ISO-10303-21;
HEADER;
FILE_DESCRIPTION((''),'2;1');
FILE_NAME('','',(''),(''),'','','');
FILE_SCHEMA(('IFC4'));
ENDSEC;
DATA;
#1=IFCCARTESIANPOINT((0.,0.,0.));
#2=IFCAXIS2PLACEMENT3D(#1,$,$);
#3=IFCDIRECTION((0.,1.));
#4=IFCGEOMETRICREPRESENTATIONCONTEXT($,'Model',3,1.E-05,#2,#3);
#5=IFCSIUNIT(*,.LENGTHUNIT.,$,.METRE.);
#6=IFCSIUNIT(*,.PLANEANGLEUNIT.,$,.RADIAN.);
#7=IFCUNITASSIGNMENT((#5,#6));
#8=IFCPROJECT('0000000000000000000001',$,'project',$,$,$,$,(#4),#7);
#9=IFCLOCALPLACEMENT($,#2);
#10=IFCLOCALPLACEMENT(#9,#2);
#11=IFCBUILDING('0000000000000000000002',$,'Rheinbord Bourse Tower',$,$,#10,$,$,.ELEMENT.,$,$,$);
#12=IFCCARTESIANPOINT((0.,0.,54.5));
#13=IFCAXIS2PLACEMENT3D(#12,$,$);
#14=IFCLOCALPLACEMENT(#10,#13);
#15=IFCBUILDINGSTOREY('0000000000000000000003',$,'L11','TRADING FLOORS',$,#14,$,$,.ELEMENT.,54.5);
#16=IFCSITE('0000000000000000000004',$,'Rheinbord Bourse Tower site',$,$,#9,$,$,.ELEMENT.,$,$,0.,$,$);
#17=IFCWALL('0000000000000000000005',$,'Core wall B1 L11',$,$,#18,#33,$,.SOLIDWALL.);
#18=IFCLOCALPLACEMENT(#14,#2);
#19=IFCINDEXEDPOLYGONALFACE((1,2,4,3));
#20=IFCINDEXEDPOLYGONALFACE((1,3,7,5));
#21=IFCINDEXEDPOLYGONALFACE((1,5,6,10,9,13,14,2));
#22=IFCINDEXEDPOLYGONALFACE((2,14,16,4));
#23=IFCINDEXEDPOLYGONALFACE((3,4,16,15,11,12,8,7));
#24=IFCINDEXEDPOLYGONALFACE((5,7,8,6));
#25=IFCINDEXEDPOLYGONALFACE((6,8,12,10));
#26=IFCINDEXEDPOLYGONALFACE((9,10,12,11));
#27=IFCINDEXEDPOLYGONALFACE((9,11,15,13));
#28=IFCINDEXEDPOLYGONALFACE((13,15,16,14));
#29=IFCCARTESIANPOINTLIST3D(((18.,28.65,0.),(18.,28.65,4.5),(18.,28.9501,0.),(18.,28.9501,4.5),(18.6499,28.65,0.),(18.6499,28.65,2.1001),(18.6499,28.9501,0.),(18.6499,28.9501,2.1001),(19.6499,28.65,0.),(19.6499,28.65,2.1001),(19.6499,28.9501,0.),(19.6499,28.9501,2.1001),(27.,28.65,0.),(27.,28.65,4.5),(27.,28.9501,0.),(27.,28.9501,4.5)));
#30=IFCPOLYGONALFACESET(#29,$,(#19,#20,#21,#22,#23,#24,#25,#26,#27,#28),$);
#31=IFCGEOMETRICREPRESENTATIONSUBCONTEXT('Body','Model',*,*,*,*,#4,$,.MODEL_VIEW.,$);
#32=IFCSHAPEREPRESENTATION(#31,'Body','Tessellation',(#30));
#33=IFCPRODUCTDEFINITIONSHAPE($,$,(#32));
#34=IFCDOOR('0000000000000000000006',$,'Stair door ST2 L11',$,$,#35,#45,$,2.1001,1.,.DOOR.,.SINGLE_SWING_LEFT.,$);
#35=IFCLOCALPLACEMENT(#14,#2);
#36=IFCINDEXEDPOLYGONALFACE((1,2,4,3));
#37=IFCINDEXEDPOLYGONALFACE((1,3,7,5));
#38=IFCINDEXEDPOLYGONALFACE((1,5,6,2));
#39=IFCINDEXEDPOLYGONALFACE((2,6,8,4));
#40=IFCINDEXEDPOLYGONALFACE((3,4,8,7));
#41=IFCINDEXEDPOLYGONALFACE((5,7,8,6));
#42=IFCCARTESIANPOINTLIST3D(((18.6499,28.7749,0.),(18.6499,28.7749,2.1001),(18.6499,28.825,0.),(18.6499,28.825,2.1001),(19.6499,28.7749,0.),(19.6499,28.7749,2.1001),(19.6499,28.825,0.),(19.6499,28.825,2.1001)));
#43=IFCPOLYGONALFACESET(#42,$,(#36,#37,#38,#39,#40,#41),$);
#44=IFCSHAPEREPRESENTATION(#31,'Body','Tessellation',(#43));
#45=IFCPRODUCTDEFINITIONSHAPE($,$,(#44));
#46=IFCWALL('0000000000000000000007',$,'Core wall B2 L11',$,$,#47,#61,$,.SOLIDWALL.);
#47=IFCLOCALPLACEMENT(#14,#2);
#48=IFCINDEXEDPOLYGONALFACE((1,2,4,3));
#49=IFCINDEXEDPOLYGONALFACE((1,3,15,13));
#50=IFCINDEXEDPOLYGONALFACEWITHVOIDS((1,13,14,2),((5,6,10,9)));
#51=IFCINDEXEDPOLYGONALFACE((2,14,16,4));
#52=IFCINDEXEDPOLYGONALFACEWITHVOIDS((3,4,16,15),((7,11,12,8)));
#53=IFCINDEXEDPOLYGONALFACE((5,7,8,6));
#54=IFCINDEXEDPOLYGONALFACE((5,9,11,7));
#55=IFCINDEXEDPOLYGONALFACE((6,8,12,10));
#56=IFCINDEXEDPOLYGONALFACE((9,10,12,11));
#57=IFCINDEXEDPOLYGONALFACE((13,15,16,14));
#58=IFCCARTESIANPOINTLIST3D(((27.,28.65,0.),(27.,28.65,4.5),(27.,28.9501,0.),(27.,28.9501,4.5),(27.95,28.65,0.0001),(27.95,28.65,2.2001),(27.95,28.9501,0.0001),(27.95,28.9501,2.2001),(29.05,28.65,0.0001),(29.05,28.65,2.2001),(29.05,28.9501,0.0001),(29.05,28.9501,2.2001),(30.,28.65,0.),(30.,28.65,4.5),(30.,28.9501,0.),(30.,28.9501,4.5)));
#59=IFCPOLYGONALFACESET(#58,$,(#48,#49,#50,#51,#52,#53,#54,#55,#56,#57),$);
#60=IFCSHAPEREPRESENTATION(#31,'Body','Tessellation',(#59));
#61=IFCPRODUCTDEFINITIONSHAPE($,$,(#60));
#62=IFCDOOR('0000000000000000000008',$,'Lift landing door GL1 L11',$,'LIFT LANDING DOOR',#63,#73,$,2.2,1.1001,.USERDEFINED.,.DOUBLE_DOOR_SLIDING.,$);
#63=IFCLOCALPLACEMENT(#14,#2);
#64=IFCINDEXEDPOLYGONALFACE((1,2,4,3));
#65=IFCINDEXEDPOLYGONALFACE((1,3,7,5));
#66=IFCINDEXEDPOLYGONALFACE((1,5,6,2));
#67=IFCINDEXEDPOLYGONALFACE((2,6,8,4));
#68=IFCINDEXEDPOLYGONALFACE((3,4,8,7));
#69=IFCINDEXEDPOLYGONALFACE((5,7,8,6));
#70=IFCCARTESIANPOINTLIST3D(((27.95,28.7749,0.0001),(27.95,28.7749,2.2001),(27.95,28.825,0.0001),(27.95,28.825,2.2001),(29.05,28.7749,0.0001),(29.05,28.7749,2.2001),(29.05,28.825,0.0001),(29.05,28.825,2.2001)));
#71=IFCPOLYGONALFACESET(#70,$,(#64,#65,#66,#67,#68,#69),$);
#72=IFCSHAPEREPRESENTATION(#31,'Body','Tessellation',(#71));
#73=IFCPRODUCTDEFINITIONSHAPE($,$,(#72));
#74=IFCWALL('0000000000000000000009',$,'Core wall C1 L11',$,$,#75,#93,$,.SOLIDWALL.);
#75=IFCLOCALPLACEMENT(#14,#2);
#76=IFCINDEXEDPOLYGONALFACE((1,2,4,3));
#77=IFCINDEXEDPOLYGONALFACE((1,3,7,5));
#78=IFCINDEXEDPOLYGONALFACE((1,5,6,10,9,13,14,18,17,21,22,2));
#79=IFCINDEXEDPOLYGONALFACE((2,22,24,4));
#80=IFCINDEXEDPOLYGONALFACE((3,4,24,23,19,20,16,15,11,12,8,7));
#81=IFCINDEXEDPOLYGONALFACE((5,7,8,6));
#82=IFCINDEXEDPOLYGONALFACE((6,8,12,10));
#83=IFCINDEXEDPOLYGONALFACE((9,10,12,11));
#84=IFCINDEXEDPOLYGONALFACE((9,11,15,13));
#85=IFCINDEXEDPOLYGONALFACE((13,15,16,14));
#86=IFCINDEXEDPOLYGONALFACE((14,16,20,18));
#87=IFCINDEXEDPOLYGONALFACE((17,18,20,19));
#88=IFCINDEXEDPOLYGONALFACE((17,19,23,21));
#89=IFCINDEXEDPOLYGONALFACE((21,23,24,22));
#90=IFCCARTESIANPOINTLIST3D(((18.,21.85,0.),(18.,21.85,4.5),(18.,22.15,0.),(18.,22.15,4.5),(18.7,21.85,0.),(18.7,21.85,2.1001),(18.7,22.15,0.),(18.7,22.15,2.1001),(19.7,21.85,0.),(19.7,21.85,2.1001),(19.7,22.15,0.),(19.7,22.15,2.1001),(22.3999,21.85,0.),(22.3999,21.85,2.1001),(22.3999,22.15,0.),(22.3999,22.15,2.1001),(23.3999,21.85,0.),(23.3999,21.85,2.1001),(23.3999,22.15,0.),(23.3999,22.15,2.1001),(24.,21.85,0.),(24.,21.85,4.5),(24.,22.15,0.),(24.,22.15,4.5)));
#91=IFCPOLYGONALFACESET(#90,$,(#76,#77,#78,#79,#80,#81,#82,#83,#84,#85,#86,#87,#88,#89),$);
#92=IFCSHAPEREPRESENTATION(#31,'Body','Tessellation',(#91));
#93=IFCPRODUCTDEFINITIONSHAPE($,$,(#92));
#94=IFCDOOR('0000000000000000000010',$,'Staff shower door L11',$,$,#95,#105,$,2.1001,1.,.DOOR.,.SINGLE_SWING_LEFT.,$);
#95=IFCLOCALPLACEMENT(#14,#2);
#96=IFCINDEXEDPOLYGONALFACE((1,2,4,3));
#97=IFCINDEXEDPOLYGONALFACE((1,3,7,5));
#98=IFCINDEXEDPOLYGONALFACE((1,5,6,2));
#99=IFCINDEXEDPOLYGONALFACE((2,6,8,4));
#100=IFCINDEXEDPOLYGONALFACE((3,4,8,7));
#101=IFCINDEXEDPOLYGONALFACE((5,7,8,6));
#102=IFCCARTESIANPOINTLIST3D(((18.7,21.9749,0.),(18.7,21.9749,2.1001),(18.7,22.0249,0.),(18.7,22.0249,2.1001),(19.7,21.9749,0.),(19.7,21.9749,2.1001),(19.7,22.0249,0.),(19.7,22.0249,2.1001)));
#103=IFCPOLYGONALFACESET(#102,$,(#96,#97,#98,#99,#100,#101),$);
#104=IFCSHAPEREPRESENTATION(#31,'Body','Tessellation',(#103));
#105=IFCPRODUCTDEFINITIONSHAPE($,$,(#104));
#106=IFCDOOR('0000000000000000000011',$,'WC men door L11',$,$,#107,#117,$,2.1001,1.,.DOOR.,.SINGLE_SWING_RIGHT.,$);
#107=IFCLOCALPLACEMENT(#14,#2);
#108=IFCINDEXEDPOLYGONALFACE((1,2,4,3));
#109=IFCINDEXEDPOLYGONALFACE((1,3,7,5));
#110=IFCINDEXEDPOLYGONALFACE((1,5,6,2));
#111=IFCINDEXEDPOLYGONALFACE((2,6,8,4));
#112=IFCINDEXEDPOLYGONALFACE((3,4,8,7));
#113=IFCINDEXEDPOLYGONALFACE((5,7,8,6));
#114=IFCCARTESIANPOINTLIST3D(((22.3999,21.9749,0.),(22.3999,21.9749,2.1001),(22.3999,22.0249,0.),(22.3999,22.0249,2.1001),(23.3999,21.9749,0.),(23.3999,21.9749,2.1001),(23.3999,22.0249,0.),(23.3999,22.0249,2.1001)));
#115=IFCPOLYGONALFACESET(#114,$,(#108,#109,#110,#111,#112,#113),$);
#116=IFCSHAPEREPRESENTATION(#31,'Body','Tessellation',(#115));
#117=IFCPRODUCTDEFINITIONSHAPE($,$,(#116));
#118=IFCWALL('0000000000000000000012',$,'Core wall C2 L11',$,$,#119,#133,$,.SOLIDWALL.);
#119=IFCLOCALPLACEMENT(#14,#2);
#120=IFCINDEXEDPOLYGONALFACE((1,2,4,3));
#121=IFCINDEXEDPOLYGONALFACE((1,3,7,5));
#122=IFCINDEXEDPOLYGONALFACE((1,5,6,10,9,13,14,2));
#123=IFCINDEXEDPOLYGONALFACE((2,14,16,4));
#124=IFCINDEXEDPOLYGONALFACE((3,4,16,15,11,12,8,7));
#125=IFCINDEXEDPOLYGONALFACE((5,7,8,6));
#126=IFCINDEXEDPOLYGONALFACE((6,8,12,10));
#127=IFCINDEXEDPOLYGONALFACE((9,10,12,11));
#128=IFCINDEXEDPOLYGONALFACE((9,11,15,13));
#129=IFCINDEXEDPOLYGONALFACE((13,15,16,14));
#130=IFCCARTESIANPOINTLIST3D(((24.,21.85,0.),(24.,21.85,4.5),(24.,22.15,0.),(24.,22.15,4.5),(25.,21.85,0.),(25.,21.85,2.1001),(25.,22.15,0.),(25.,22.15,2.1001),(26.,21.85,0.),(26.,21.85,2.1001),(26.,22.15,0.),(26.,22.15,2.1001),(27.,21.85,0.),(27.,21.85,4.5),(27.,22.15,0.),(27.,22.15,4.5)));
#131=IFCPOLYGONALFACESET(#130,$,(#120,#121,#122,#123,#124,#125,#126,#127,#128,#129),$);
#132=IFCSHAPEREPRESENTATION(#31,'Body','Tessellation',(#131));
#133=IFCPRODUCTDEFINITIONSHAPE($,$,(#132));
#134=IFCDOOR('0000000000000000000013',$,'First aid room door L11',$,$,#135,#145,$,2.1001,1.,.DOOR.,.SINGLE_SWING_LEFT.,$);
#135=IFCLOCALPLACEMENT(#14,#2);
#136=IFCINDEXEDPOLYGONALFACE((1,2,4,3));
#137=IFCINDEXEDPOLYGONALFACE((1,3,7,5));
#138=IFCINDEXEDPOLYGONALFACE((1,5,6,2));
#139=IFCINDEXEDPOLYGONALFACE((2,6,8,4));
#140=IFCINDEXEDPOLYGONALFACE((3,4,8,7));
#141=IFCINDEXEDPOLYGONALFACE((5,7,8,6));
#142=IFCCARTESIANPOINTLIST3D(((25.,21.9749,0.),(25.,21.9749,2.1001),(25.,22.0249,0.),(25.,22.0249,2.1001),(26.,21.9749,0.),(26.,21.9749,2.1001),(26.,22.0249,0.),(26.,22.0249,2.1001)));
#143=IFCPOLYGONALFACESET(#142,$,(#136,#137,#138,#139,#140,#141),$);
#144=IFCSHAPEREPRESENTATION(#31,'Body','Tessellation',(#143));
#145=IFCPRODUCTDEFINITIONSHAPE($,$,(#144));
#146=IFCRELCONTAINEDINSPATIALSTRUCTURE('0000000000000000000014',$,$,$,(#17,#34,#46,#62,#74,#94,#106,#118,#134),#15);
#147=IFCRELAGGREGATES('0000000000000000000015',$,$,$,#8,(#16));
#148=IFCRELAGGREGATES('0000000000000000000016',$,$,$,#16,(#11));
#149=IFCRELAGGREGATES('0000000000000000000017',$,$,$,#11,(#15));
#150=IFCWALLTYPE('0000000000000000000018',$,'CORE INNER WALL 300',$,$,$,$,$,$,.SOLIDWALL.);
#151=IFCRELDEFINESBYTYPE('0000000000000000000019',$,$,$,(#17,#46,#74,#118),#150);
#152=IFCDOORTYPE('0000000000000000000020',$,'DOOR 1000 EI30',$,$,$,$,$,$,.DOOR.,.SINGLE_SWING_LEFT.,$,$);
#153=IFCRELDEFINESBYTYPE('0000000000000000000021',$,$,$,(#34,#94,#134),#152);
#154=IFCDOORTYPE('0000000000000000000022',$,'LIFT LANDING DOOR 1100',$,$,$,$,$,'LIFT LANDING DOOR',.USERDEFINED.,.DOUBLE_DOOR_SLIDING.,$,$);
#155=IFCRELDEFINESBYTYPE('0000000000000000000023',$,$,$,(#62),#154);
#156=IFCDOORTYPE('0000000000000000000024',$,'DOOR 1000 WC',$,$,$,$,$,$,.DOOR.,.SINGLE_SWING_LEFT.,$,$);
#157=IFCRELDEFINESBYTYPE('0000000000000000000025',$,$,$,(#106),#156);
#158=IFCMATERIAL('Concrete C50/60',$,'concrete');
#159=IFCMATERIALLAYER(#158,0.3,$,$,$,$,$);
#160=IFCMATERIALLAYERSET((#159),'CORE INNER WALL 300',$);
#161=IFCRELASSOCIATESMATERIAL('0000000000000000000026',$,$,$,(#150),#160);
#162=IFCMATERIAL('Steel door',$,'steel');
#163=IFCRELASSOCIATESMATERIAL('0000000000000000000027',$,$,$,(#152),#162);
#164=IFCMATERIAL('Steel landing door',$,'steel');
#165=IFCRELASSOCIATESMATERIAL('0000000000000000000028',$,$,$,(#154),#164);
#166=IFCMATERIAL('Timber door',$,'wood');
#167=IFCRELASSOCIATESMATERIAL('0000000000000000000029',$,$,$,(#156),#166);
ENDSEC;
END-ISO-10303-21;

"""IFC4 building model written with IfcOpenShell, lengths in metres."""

from ifc_helpers import new_model, si_unit, direction, frame, frame_2d, origin, place, context, subcontext, project, spatial, rectangle, extrude, material, layer, layer_set, type_object, element, fill, save


model = new_model("IFC4")

# Units and contexts
model_context = context("Model", 3, precision=1e-05, world=origin(), true_north=direction((0.0, 1.0)))
body_context = subcontext(model_context, "Body", "Model", "MODEL_VIEW")
ifc_project = project(units=[si_unit("LENGTHUNIT", "METRE"), si_unit("PLANEANGLEUNIT", "RADIAN")], contexts=[model_context])

# Site, building, storey
site_placement = place(None, origin())
site = spatial("IfcSite", under=ifc_project, at=site_placement, Name="Rheinbord Bourse Tower site", CompositionType="ELEMENT", RefElevation=0.0)
building_placement = place(site_placement, origin())
building = spatial("IfcBuilding", under=site, at=building_placement, Name="Rheinbord Bourse Tower", CompositionType="ELEMENT")
storey_placement = place(building_placement, frame((0.0, 0.0, 54.5)))
storey = spatial("IfcBuildingStorey", under=building, at=storey_placement, Name="L11", Description="TRADING FLOORS", CompositionType="ELEMENT", Elevation=54.5)

# Walls, openings, doors
ifc_material_1 = material(Name="Concrete C50/60", Category="concrete")
ifc_layer_1 = layer(ifc_material_1, 0.3)
ifc_layer_set_1 = layer_set([ifc_layer_1], Name="CORE INNER WALL 300")
wall_type_1 = type_object("IfcWallType", Name="CORE INNER WALL 300", PredefinedType="SOLIDWALL", material=ifc_layer_set_1)
wall_1_placement = place(storey_placement, frame((18.0, 28.8, 0.0), z_axis=(0.0, 0.0, 1.0), x_axis=(1.0, 0.0, 0.0)))
wall_1 = element("IfcWall", 1, at=wall_1_placement, inside=storey, type_object=wall_type_1, Name="Core wall B1 L11", PredefinedType="SOLIDWALL", context=body_context, shape_type="SweptSolid", body=[
    extrude(rectangle(XDim=9.0, YDim=0.3, at=frame_2d((4.5, 0.0))), origin(), (0.0, 0.0, 1.0), 4.5),
])
opening_1_placement = place(wall_1_placement, frame((0.6499, 0.0, 0.0)))
opening_1 = element("IfcOpeningElement", 2, at=opening_1_placement, cuts=wall_1, PredefinedType="OPENING", context=body_context, shape_type="SweptSolid", body=[
    extrude(rectangle(XDim=1.0, YDim=2.1001, at=frame_2d((0.5, 1.05))), frame((0.0, 0.1599, 0.0), z_axis=(0.0, -1.0, 0.0), x_axis=(1.0, 0.0, 0.0)), (0.0, 0.0, 1.0), 0.3201),
])
ifc_material_2 = material(Name="Steel door", Category="steel")
door_type_1 = type_object("IfcDoorType", Name="DOOR 1000 EI30", OperationType="SINGLE_SWING_LEFT", PredefinedType="DOOR", material=ifc_material_2)
door_1_placement = place(opening_1_placement, origin())
door_1 = element("IfcDoor", 3, at=door_1_placement, inside=storey, type_object=door_type_1, Name="Stair door ST2 L11", OperationType="SINGLE_SWING_LEFT", OverallHeight=2.1001, OverallWidth=1.0, PredefinedType="DOOR", context=body_context, shape_type="SweptSolid", body=[
    extrude(rectangle(XDim=1.0, YDim=2.1001, at=frame_2d((0.5, 1.05))), frame((0.0, 0.0249, 0.0), z_axis=(0.0, -1.0, 0.0), x_axis=(1.0, 0.0, 0.0)), (0.0, 0.0, 1.0), 0.05),
])
fill(opening_1, door_1)
wall_2_placement = place(storey_placement, frame((27.0, 28.8, 0.0), z_axis=(0.0, 0.0, 1.0), x_axis=(1.0, 0.0, 0.0)))
wall_2 = element("IfcWall", 4, at=wall_2_placement, inside=storey, type_object=wall_type_1, Name="Core wall B2 L11", PredefinedType="SOLIDWALL", context=body_context, shape_type="SweptSolid", body=[
    extrude(rectangle(XDim=3.0, YDim=0.3, at=frame_2d((1.5, 0.0))), origin(), (0.0, 0.0, 1.0), 4.5),
])
opening_2_placement = place(wall_2_placement, frame((0.95, 0.0, 0.0)))
opening_2 = element("IfcOpeningElement", 5, at=opening_2_placement, cuts=wall_2, PredefinedType="OPENING", context=body_context, shape_type="SweptSolid", body=[
    extrude(rectangle(XDim=1.1001, YDim=2.2, at=frame_2d((0.55, 1.1001))), frame((0.0, 0.1599, 0.0), z_axis=(0.0, -1.0, 0.0), x_axis=(1.0, 0.0, 0.0)), (0.0, 0.0, 1.0), 0.3201),
])
ifc_material_3 = material(Name="Steel landing door", Category="steel")
door_type_2 = type_object("IfcDoorType", Name="LIFT LANDING DOOR 1100", ElementType="LIFT LANDING DOOR", OperationType="DOUBLE_DOOR_SLIDING", PredefinedType="USERDEFINED", material=ifc_material_3)
door_2_placement = place(opening_2_placement, origin())
door_2 = element("IfcDoor", 6, at=door_2_placement, inside=storey, type_object=door_type_2, Name="Lift landing door GL1 L11", ObjectType="LIFT LANDING DOOR", OperationType="DOUBLE_DOOR_SLIDING", OverallHeight=2.2, OverallWidth=1.1001, PredefinedType="USERDEFINED", context=body_context, shape_type="SweptSolid", body=[
    extrude(rectangle(XDim=1.1001, YDim=2.2, at=frame_2d((0.55, 1.1001))), frame((0.0, 0.0249, 0.0), z_axis=(0.0, -1.0, 0.0), x_axis=(1.0, 0.0, 0.0)), (0.0, 0.0, 1.0), 0.05),
])
fill(opening_2, door_2)

# Wall, openings, doors
wall_3_placement = place(storey_placement, frame((18.0, 22.0, 0.0), z_axis=(0.0, 0.0, 1.0), x_axis=(1.0, 0.0, 0.0)))
wall_3 = element("IfcWall", 7, at=wall_3_placement, inside=storey, type_object=wall_type_1, Name="Core wall C1 L11", PredefinedType="SOLIDWALL", context=body_context, shape_type="SweptSolid", body=[
    extrude(rectangle(XDim=6.0, YDim=0.3, at=frame_2d((3.0, 0.0))), origin(), (0.0, 0.0, 1.0), 4.5),
])
opening_3_placement = place(wall_3_placement, frame((4.3999, 0.0, 0.0)))
opening_3 = element("IfcOpeningElement", 8, at=opening_3_placement, cuts=wall_3, PredefinedType="OPENING", context=body_context, shape_type="SweptSolid", body=[
    extrude(rectangle(XDim=1.0, YDim=2.1001, at=frame_2d((0.5, 1.05))), frame((0.0, 0.1599, 0.0), z_axis=(0.0, -1.0, 0.0), x_axis=(1.0, 0.0, 0.0)), (0.0, 0.0, 1.0), 0.3201),
])
opening_4_placement = place(wall_3_placement, frame((0.7, 0.0, 0.0)))
opening_4 = element("IfcOpeningElement", 9, at=opening_4_placement, cuts=wall_3, PredefinedType="OPENING", context=body_context, shape_type="SweptSolid", body=[
    extrude(rectangle(XDim=1.0, YDim=2.1001, at=frame_2d((0.5, 1.05))), frame((0.0, 0.1599, 0.0), z_axis=(0.0, -1.0, 0.0), x_axis=(1.0, 0.0, 0.0)), (0.0, 0.0, 1.0), 0.3201),
])
door_3_placement = place(opening_4_placement, origin())
door_3 = element("IfcDoor", 10, at=door_3_placement, inside=storey, type_object=door_type_1, Name="Staff shower door L11", OperationType="SINGLE_SWING_LEFT", OverallHeight=2.1001, OverallWidth=1.0, PredefinedType="DOOR", context=body_context, shape_type="SweptSolid", body=[
    extrude(rectangle(XDim=1.0, YDim=2.1001, at=frame_2d((0.5, 1.05))), frame((0.0, 0.0249, 0.0), z_axis=(0.0, -1.0, 0.0), x_axis=(1.0, 0.0, 0.0)), (0.0, 0.0, 1.0), 0.05),
])
fill(opening_4, door_3)
ifc_material_4 = material(Name="Timber door", Category="wood")
door_type_3 = type_object("IfcDoorType", Name="DOOR 1000 WC", OperationType="SINGLE_SWING_LEFT", PredefinedType="DOOR", material=ifc_material_4)
door_4_placement = place(opening_3_placement, origin())
door_4 = element("IfcDoor", 11, at=door_4_placement, inside=storey, type_object=door_type_3, Name="WC men door L11", OperationType="SINGLE_SWING_RIGHT", OverallHeight=2.1001, OverallWidth=1.0, PredefinedType="DOOR", context=body_context, shape_type="SweptSolid", body=[
    extrude(rectangle(XDim=1.0, YDim=2.1001, at=frame_2d((0.5, 1.05))), frame((0.0, 0.0249, 0.0), z_axis=(0.0, -1.0, 0.0), x_axis=(1.0, 0.0, 0.0)), (0.0, 0.0, 1.0), 0.05),
])
fill(opening_3, door_4)

# Wall, opening, door
wall_4_placement = place(storey_placement, frame((24.0, 22.0, 0.0), z_axis=(0.0, 0.0, 1.0), x_axis=(1.0, 0.0, 0.0)))
wall_4 = element("IfcWall", 12, at=wall_4_placement, inside=storey, type_object=wall_type_1, Name="Core wall C2 L11", PredefinedType="SOLIDWALL", context=body_context, shape_type="SweptSolid", body=[
    extrude(rectangle(XDim=3.0, YDim=0.3, at=frame_2d((1.5, 0.0))), origin(), (0.0, 0.0, 1.0), 4.5),
])
opening_5_placement = place(wall_4_placement, frame((1.0, 0.0, 0.0)))
opening_5 = element("IfcOpeningElement", 13, at=opening_5_placement, cuts=wall_4, PredefinedType="OPENING", context=body_context, shape_type="SweptSolid", body=[
    extrude(rectangle(XDim=1.0, YDim=2.1001, at=frame_2d((0.5, 1.05))), frame((0.0, 0.1599, 0.0), z_axis=(0.0, -1.0, 0.0), x_axis=(1.0, 0.0, 0.0)), (0.0, 0.0, 1.0), 0.3201),
])
door_5_placement = place(opening_5_placement, origin())
door_5 = element("IfcDoor", 14, at=door_5_placement, inside=storey, type_object=door_type_1, Name="First aid room door L11", OperationType="SINGLE_SWING_LEFT", OverallHeight=2.1001, OverallWidth=1.0, PredefinedType="DOOR", context=body_context, shape_type="SweptSolid", body=[
    extrude(rectangle(XDim=1.0, YDim=2.1001, at=frame_2d((0.5, 1.05))), frame((0.0, 0.0249, 0.0), z_axis=(0.0, -1.0, 0.0), x_axis=(1.0, 0.0, 0.0)), (0.0, 0.0, 1.0), 0.05),
])
fill(opening_5, door_5)

save(model, "model.ifc")
